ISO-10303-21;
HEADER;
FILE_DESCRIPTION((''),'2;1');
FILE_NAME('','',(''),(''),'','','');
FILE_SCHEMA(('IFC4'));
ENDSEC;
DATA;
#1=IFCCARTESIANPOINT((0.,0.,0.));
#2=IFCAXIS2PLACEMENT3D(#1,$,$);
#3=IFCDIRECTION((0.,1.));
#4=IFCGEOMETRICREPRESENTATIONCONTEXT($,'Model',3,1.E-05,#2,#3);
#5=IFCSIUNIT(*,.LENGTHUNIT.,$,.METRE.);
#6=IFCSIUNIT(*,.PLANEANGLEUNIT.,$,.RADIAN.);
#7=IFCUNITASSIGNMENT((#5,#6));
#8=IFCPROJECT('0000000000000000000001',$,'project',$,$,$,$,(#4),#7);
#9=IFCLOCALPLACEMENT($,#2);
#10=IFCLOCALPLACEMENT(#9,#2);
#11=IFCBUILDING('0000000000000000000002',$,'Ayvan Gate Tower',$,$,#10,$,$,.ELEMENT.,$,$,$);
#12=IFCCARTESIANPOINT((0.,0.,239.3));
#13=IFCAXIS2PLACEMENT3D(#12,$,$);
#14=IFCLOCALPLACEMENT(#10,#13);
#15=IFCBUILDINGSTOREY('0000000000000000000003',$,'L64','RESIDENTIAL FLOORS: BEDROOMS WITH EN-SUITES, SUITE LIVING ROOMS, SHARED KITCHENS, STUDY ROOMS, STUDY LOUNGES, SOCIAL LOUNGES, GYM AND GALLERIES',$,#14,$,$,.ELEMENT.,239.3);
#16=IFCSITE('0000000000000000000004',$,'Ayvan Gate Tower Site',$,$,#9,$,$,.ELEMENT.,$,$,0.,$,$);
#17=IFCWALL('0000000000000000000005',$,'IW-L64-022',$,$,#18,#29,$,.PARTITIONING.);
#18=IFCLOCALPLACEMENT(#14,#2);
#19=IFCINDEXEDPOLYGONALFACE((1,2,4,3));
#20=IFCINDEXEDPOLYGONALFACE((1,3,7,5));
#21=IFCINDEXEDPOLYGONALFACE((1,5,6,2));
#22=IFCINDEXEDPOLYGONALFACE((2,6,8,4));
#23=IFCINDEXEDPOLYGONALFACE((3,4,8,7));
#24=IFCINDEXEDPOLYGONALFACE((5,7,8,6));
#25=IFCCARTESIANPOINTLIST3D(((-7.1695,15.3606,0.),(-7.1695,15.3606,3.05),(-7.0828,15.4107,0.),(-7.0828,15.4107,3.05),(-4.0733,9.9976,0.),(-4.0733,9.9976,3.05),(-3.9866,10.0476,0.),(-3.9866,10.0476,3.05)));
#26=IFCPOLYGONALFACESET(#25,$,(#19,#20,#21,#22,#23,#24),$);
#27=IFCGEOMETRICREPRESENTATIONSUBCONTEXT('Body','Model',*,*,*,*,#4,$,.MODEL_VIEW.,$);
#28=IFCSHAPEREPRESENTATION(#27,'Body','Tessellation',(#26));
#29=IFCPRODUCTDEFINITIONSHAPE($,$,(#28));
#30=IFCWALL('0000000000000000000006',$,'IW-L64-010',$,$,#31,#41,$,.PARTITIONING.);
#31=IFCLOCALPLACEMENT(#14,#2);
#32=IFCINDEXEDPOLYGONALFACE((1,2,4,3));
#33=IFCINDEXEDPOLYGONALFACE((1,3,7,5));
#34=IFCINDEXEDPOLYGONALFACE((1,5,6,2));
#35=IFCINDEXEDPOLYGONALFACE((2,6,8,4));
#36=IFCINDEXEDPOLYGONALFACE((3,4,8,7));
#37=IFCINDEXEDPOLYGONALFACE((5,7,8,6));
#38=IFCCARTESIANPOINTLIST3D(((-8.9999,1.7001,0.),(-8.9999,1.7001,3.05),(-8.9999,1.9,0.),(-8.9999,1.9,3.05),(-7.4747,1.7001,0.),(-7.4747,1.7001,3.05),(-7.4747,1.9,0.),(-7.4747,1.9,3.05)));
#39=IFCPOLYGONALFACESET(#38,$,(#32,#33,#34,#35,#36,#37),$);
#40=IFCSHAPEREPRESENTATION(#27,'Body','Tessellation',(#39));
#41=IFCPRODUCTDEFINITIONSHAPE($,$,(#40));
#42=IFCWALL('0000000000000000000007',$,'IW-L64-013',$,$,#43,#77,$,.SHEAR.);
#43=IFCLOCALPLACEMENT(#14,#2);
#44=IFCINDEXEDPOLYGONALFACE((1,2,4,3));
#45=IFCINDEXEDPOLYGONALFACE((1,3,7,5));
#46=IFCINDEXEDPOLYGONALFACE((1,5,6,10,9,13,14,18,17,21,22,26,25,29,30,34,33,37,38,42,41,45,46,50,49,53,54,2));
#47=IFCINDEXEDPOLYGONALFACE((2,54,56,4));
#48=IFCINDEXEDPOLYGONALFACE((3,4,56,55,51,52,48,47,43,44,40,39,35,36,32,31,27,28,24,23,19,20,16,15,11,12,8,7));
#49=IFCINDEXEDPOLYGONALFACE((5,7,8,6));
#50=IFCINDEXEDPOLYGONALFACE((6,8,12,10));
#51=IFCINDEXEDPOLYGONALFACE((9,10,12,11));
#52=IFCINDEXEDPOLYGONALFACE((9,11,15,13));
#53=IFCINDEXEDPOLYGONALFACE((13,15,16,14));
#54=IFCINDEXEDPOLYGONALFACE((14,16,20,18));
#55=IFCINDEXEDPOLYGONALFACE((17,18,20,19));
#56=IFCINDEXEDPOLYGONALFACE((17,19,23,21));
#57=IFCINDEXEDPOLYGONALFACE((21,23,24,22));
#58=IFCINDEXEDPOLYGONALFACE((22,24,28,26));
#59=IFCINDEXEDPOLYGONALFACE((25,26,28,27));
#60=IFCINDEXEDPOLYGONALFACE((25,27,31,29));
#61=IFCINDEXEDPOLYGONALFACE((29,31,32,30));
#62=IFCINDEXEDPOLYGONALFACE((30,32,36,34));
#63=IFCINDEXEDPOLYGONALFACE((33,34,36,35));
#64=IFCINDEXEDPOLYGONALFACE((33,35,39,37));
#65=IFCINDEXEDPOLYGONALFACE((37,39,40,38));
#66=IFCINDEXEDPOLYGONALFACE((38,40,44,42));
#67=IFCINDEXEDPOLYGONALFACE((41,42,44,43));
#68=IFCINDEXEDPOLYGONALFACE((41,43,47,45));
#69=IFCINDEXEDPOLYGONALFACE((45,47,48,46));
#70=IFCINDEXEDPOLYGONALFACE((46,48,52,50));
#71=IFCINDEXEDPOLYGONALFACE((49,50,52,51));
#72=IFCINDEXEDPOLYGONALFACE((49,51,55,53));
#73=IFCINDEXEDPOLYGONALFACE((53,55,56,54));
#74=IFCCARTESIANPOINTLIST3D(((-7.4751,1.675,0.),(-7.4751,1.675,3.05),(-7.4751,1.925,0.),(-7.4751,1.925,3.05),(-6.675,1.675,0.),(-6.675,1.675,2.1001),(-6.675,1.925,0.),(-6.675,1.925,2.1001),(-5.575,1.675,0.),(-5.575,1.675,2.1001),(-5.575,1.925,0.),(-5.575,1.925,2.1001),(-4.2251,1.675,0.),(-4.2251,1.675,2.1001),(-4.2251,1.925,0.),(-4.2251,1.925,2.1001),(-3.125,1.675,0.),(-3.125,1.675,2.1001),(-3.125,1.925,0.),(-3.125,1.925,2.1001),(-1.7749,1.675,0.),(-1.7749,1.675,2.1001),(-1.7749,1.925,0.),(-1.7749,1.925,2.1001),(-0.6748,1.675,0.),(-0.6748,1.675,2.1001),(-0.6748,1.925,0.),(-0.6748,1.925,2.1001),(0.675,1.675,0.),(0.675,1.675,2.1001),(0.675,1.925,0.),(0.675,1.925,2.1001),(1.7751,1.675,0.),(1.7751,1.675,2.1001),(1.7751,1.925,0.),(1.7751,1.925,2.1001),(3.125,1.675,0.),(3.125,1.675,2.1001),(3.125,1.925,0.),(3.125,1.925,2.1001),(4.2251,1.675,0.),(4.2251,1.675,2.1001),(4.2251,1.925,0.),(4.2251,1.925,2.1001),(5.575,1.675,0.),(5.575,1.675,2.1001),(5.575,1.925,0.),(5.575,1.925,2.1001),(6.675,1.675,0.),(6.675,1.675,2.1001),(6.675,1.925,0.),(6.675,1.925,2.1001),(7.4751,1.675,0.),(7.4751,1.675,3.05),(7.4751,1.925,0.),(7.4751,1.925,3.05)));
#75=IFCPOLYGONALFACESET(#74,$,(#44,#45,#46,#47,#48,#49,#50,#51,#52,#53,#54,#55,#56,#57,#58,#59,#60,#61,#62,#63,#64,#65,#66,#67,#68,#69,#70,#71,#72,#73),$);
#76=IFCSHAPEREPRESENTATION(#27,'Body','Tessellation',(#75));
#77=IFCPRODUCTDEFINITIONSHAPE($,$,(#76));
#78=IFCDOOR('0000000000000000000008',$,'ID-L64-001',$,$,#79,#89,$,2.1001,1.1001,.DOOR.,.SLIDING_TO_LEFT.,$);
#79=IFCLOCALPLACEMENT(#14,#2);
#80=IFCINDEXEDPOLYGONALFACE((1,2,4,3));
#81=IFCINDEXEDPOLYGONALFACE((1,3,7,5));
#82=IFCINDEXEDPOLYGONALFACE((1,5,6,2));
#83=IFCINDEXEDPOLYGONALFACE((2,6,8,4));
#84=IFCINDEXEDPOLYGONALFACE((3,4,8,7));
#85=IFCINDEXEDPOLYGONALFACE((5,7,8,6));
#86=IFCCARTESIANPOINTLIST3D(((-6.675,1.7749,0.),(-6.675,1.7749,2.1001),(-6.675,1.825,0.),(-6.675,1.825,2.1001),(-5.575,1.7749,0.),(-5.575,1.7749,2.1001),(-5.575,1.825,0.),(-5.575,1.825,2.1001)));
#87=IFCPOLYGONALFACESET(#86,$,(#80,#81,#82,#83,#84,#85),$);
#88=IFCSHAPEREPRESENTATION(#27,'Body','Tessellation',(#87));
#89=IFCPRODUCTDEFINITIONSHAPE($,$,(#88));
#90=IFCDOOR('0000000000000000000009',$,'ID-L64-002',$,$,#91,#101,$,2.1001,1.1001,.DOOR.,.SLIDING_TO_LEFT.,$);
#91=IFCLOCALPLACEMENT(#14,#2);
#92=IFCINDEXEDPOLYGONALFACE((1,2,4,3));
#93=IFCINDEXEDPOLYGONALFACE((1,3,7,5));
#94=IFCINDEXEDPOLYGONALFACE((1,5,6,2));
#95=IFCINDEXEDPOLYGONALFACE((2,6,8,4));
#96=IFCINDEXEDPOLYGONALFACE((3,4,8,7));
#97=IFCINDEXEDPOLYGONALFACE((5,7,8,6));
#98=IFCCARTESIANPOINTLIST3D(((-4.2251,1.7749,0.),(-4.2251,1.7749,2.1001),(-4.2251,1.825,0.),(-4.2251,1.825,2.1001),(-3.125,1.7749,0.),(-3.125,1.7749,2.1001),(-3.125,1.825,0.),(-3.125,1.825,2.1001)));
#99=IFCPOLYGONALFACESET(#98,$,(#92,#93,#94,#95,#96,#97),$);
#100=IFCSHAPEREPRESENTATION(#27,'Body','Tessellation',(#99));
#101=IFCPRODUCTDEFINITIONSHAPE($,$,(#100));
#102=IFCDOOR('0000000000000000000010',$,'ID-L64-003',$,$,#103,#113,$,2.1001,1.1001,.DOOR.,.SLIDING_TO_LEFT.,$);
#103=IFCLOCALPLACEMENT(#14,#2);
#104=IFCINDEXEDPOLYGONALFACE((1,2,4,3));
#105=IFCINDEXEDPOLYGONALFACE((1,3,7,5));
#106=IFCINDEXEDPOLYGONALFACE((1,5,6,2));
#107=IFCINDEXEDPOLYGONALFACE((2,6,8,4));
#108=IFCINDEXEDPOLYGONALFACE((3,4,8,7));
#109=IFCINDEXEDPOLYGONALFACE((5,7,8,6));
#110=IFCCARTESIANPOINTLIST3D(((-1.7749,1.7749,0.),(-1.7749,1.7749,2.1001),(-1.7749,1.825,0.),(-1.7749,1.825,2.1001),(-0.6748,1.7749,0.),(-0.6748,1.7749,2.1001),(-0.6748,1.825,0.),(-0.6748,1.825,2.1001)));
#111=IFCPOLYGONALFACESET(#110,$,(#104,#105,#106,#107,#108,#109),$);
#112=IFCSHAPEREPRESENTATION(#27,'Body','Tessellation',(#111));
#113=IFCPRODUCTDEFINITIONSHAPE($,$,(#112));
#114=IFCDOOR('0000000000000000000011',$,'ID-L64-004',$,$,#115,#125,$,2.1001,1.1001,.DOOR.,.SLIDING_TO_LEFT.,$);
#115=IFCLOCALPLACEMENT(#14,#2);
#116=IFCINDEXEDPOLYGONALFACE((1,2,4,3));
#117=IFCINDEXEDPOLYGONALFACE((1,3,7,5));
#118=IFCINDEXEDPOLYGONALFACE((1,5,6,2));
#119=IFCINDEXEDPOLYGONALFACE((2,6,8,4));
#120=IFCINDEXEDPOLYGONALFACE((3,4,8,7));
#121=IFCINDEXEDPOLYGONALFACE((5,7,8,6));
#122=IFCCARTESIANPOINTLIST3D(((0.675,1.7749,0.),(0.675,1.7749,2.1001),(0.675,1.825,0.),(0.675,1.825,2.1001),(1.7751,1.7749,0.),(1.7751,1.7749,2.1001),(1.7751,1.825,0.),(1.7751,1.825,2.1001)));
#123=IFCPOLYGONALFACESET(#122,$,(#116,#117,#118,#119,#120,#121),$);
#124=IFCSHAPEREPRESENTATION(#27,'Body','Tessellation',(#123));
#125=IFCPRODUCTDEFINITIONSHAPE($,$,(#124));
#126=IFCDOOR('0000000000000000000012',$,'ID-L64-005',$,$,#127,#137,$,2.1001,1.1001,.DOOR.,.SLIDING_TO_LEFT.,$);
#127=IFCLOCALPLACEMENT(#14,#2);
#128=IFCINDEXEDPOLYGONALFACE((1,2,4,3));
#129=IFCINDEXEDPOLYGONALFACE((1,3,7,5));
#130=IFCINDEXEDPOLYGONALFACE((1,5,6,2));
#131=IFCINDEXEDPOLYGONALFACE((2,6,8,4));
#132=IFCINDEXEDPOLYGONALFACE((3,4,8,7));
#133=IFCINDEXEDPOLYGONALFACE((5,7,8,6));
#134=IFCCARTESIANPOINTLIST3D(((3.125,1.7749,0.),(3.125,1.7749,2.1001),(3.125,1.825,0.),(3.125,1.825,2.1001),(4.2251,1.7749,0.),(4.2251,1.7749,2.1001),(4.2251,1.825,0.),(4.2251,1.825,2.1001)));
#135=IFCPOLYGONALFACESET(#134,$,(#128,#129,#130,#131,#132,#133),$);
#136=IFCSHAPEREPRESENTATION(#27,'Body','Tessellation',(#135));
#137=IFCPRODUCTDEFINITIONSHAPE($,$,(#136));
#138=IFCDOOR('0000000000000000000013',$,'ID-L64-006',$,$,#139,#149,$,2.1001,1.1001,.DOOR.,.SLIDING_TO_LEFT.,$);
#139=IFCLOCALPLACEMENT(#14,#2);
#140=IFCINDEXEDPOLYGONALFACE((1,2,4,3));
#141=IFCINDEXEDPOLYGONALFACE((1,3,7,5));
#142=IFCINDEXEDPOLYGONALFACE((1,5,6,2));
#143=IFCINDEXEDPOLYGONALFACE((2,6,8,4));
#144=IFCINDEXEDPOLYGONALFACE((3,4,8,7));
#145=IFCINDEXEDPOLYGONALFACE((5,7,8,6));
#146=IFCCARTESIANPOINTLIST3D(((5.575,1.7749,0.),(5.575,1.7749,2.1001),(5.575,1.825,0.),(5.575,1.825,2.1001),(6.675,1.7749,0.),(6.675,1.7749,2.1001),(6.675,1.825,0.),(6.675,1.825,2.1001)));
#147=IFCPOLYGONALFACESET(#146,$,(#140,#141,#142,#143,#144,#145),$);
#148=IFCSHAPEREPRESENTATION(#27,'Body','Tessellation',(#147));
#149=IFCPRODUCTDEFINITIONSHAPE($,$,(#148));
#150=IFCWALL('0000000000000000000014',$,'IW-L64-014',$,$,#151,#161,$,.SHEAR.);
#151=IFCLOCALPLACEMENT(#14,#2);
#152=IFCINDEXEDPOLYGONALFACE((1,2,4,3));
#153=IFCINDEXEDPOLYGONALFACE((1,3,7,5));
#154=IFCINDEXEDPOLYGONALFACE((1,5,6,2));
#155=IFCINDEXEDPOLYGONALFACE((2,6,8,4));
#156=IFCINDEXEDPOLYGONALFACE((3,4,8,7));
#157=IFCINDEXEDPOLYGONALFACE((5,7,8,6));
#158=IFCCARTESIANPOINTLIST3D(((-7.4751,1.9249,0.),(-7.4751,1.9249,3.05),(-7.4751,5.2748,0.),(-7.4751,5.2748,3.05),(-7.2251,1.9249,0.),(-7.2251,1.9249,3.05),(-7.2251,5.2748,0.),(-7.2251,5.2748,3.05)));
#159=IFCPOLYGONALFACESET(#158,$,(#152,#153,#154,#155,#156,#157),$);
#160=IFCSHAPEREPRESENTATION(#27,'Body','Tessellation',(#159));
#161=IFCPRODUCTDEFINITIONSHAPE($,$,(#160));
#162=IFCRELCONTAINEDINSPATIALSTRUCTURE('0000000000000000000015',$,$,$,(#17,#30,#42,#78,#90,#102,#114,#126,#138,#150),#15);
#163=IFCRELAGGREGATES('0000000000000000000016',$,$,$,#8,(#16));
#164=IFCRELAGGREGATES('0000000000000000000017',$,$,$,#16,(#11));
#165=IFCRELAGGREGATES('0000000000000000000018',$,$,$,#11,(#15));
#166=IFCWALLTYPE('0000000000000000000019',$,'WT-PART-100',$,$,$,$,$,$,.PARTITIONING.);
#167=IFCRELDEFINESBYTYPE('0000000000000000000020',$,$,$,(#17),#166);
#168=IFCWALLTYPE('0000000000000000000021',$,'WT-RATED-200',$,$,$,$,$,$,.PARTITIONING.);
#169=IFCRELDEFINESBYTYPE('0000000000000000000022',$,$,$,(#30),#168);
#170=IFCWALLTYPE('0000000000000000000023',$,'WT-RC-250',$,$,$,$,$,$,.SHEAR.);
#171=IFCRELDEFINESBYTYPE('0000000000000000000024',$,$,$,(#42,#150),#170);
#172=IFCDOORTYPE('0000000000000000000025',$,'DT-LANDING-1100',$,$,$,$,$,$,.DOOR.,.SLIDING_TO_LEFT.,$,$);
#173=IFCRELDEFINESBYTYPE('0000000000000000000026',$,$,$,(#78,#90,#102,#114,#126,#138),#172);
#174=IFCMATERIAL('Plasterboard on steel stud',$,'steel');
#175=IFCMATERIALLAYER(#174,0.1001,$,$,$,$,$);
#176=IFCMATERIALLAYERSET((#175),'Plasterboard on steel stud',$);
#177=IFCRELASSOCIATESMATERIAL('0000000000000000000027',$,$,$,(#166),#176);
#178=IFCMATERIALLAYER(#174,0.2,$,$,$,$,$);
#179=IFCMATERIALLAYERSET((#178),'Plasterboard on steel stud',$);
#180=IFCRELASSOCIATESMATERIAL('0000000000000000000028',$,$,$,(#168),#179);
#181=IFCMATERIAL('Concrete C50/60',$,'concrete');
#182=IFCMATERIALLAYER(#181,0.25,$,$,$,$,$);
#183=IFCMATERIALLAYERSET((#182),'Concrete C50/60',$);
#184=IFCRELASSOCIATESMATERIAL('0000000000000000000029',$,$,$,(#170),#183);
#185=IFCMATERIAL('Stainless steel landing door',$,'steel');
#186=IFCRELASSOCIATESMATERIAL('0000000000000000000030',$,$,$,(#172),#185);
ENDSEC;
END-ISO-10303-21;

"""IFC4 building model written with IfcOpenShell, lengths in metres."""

from ifc_helpers import new_model, si_unit, direction, frame, frame_2d, origin, place, context, subcontext, project, spatial, rectangle, extrude, material, layer, layer_set, type_object, element, fill, save


model = new_model("IFC4")

# Units and contexts
model_context = context("Model", 3, precision=1e-05, world=origin(), true_north=direction((0.0, 1.0)))
body_context = subcontext(model_context, "Body", "Model", "MODEL_VIEW")
ifc_project = project(units=[si_unit("LENGTHUNIT", "METRE"), si_unit("PLANEANGLEUNIT", "RADIAN")], contexts=[model_context])

# Site, building, storey
site_placement = place(None, origin())
site = spatial("IfcSite", under=ifc_project, at=site_placement, Name="Ayvan Gate Tower Site", CompositionType="ELEMENT", RefElevation=0.0)
building_placement = place(site_placement, origin())
building = spatial("IfcBuilding", under=site, at=building_placement, Name="Ayvan Gate Tower", CompositionType="ELEMENT")
storey_placement = place(building_placement, frame((0.0, 0.0, 239.3)))
storey = spatial("IfcBuildingStorey", under=building, at=storey_placement, Name="L64", Description="RESIDENTIAL FLOORS: BEDROOMS WITH EN-SUITES, SUITE LIVING ROOMS, SHARED KITCHENS, STUDY ROOMS, STUDY LOUNGES, SOCIAL LOUNGES, GYM AND GALLERIES", CompositionType="ELEMENT", Elevation=239.3)

# Shared definitions
ifc_material_1 = material(Name="Plasterboard on steel stud", Category="steel")

# Walls
ifc_layer_1 = layer(ifc_material_1, 0.1001)
ifc_layer_set_1 = layer_set([ifc_layer_1], Name="Plasterboard on steel stud")
wall_type_1 = type_object("IfcWallType", Name="WT-PART-100", PredefinedType="PARTITIONING", material=ifc_layer_set_1)
wall_1_placement = place(storey_placement, frame((-4.03, 10.0227, 0.0), z_axis=(0.0, 0.0, 1.0), x_axis=(-0.499981, 0.866037, 0.0)))
element("IfcWall", 1, at=wall_1_placement, inside=storey, type_object=wall_type_1, Name="IW-L64-022", PredefinedType="PARTITIONING", context=body_context, shape_type="SweptSolid", body=[
    extrude(rectangle(XDim=6.1926, YDim=0.1001, at=frame_2d((3.0962, 0.0))), origin(), (0.0, 0.0, 1.0), 3.05),
])
ifc_layer_2 = layer(ifc_material_1, 0.2)
ifc_layer_set_2 = layer_set([ifc_layer_2], Name="Plasterboard on steel stud")
wall_type_2 = type_object("IfcWallType", Name="WT-RATED-200", PredefinedType="PARTITIONING", material=ifc_layer_set_2)
wall_2_placement = place(storey_placement, frame((-9.0, 1.8, 0.0), z_axis=(0.0, 0.0, 1.0), x_axis=(1.0, 0.0, 0.0)))
element("IfcWall", 2, at=wall_2_placement, inside=storey, type_object=wall_type_2, Name="IW-L64-010", PredefinedType="PARTITIONING", context=body_context, shape_type="SweptSolid", body=[
    extrude(rectangle(XDim=1.5251, YDim=0.2, at=frame_2d((0.7627, 0.0))), origin(), (0.0, 0.0, 1.0), 3.05),
])

# Wall, openings, doors
ifc_material_2 = material(Name="Concrete C50/60", Category="concrete")
ifc_layer_3 = layer(ifc_material_2, 0.25)
ifc_layer_set_3 = layer_set([ifc_layer_3], Name="Concrete C50/60")
wall_type_3 = type_object("IfcWallType", Name="WT-RC-250", PredefinedType="SHEAR", material=ifc_layer_set_3)
wall_3_placement = place(storey_placement, frame((-7.4751, 1.8, 0.0), z_axis=(0.0, 0.0, 1.0), x_axis=(1.0, 0.0, 0.0)))
wall_3 = element("IfcWall", 3, at=wall_3_placement, inside=storey, type_object=wall_type_3, Name="IW-L64-013", PredefinedType="SHEAR", context=body_context, shape_type="SweptSolid", body=[
    extrude(rectangle(XDim=14.9502, YDim=0.25, at=frame_2d((7.4751, 0.0))), origin(), (0.0, 0.0, 1.0), 3.05),
])
opening_1_placement = place(wall_3_placement, frame((0.8, 0.0, 0.0)))
opening_1 = element("IfcOpeningElement", 4, at=opening_1_placement, cuts=wall_3, PredefinedType="OPENING", context=body_context, shape_type="SweptSolid", body=[
    extrude(rectangle(XDim=1.1001, YDim=2.1001, at=frame_2d((0.55, 1.05))), frame((0.0, 0.135, 0.0), z_axis=(0.0, -1.0, 0.0), x_axis=(1.0, 0.0, 0.0)), (0.0, 0.0, 1.0), 0.27),
])
opening_2_placement = place(wall_3_placement, frame((3.25, 0.0, 0.0)))
opening_2 = element("IfcOpeningElement", 5, at=opening_2_placement, cuts=wall_3, PredefinedType="OPENING", context=body_context, shape_type="SweptSolid", body=[
    extrude(rectangle(XDim=1.1001, YDim=2.1001, at=frame_2d((0.55, 1.05))), frame((0.0, 0.135, 0.0), z_axis=(0.0, -1.0, 0.0), x_axis=(1.0, 0.0, 0.0)), (0.0, 0.0, 1.0), 0.27),
])
opening_3_placement = place(wall_3_placement, frame((5.7002, 0.0, 0.0)))
opening_3 = element("IfcOpeningElement", 6, at=opening_3_placement, cuts=wall_3, PredefinedType="OPENING", context=body_context, shape_type="SweptSolid", body=[
    extrude(rectangle(XDim=1.1001, YDim=2.1001, at=frame_2d((0.55, 1.05))), frame((0.0, 0.135, 0.0), z_axis=(0.0, -1.0, 0.0), x_axis=(1.0, 0.0, 0.0)), (0.0, 0.0, 1.0), 0.27),
])
opening_4_placement = place(wall_3_placement, frame((8.1501, 0.0, 0.0)))
opening_4 = element("IfcOpeningElement", 7, at=opening_4_placement, cuts=wall_3, PredefinedType="OPENING", context=body_context, shape_type="SweptSolid", body=[
    extrude(rectangle(XDim=1.1001, YDim=2.1001, at=frame_2d((0.55, 1.05))), frame((0.0, 0.135, 0.0), z_axis=(0.0, -1.0, 0.0), x_axis=(1.0, 0.0, 0.0)), (0.0, 0.0, 1.0), 0.27),
])
opening_5_placement = place(wall_3_placement, frame((10.6001, 0.0, 0.0)))
opening_5 = element("IfcOpeningElement", 8, at=opening_5_placement, cuts=wall_3, PredefinedType="OPENING", context=body_context, shape_type="SweptSolid", body=[
    extrude(rectangle(XDim=1.1001, YDim=2.1001, at=frame_2d((0.55, 1.05))), frame((0.0, 0.135, 0.0), z_axis=(0.0, -1.0, 0.0), x_axis=(1.0, 0.0, 0.0)), (0.0, 0.0, 1.0), 0.27),
])
opening_6_placement = place(wall_3_placement, frame((13.05, 0.0, 0.0)))
opening_6 = element("IfcOpeningElement", 9, at=opening_6_placement, cuts=wall_3, PredefinedType="OPENING", context=body_context, shape_type="SweptSolid", body=[
    extrude(rectangle(XDim=1.1001, YDim=2.1001, at=frame_2d((0.55, 1.05))), frame((0.0, 0.135, 0.0), z_axis=(0.0, -1.0, 0.0), x_axis=(1.0, 0.0, 0.0)), (0.0, 0.0, 1.0), 0.27),
])
ifc_material_3 = material(Name="Stainless steel landing door", Category="steel")
door_type_1 = type_object("IfcDoorType", Name="DT-LANDING-1100", OperationType="SLIDING_TO_LEFT", PredefinedType="DOOR", material=ifc_material_3)
door_1_placement = place(opening_1_placement, origin())
door_1 = element("IfcDoor", 10, at=door_1_placement, inside=storey, type_object=door_type_1, Name="ID-L64-001", OperationType="SLIDING_TO_LEFT", OverallHeight=2.1001, OverallWidth=1.1001, PredefinedType="DOOR", context=body_context, shape_type="SweptSolid", body=[
    extrude(rectangle(XDim=1.1001, YDim=2.1001, at=frame_2d((0.55, 1.05))), frame((0.0, 0.0249, 0.0), z_axis=(0.0, -1.0, 0.0), x_axis=(1.0, 0.0, 0.0)), (0.0, 0.0, 1.0), 0.05),
])
fill(opening_1, door_1)
door_2_placement = place(opening_2_placement, origin())
door_2 = element("IfcDoor", 11, at=door_2_placement, inside=storey, type_object=door_type_1, Name="ID-L64-002", OperationType="SLIDING_TO_LEFT", OverallHeight=2.1001, OverallWidth=1.1001, PredefinedType="DOOR", context=body_context, shape_type="SweptSolid", body=[
    extrude(rectangle(XDim=1.1001, YDim=2.1001, at=frame_2d((0.55, 1.05))), frame((0.0, 0.0249, 0.0), z_axis=(0.0, -1.0, 0.0), x_axis=(1.0, 0.0, 0.0)), (0.0, 0.0, 1.0), 0.05),
])
fill(opening_2, door_2)
door_3_placement = place(opening_3_placement, origin())
door_3 = element("IfcDoor", 12, at=door_3_placement, inside=storey, type_object=door_type_1, Name="ID-L64-003", OperationType="SLIDING_TO_LEFT", OverallHeight=2.1001, OverallWidth=1.1001, PredefinedType="DOOR", context=body_context, shape_type="SweptSolid", body=[
    extrude(rectangle(XDim=1.1001, YDim=2.1001, at=frame_2d((0.55, 1.05))), frame((0.0, 0.0249, 0.0), z_axis=(0.0, -1.0, 0.0), x_axis=(1.0, 0.0, 0.0)), (0.0, 0.0, 1.0), 0.05),
])
fill(opening_3, door_3)
door_4_placement = place(opening_4_placement, origin())
door_4 = element("IfcDoor", 13, at=door_4_placement, inside=storey, type_object=door_type_1, Name="ID-L64-004", OperationType="SLIDING_TO_LEFT", OverallHeight=2.1001, OverallWidth=1.1001, PredefinedType="DOOR", context=body_context, shape_type="SweptSolid", body=[
    extrude(rectangle(XDim=1.1001, YDim=2.1001, at=frame_2d((0.55, 1.05))), frame((0.0, 0.0249, 0.0), z_axis=(0.0, -1.0, 0.0), x_axis=(1.0, 0.0, 0.0)), (0.0, 0.0, 1.0), 0.05),
])
fill(opening_4, door_4)
door_5_placement = place(opening_5_placement, origin())
door_5 = element("IfcDoor", 14, at=door_5_placement, inside=storey, type_object=door_type_1, Name="ID-L64-005", OperationType="SLIDING_TO_LEFT", OverallHeight=2.1001, OverallWidth=1.1001, PredefinedType="DOOR", context=body_context, shape_type="SweptSolid", body=[
    extrude(rectangle(XDim=1.1001, YDim=2.1001, at=frame_2d((0.55, 1.05))), frame((0.0, 0.0249, 0.0), z_axis=(0.0, -1.0, 0.0), x_axis=(1.0, 0.0, 0.0)), (0.0, 0.0, 1.0), 0.05),
])
fill(opening_5, door_5)
door_6_placement = place(opening_6_placement, origin())
door_6 = element("IfcDoor", 15, at=door_6_placement, inside=storey, type_object=door_type_1, Name="ID-L64-006", OperationType="SLIDING_TO_LEFT", OverallHeight=2.1001, OverallWidth=1.1001, PredefinedType="DOOR", context=body_context, shape_type="SweptSolid", body=[
    extrude(rectangle(XDim=1.1001, YDim=2.1001, at=frame_2d((0.55, 1.05))), frame((0.0, 0.0249, 0.0), z_axis=(0.0, -1.0, 0.0), x_axis=(1.0, 0.0, 0.0)), (0.0, 0.0, 1.0), 0.05),
])
fill(opening_6, door_6)

# Wall
wall_4_placement = place(storey_placement, frame((-7.3501, 1.925, 0.0), z_axis=(0.0, 0.0, 1.0), x_axis=(0.0, 1.0, 0.0)))
element("IfcWall", 16, at=wall_4_placement, inside=storey, type_object=wall_type_3, Name="IW-L64-014", PredefinedType="SHEAR", context=body_context, shape_type="SweptSolid", body=[
    extrude(rectangle(XDim=3.3499, YDim=0.25, at=frame_2d((1.6748, 0.0))), origin(), (0.0, 0.0, 1.0), 3.05),
])

save(model, "model.ifc")
